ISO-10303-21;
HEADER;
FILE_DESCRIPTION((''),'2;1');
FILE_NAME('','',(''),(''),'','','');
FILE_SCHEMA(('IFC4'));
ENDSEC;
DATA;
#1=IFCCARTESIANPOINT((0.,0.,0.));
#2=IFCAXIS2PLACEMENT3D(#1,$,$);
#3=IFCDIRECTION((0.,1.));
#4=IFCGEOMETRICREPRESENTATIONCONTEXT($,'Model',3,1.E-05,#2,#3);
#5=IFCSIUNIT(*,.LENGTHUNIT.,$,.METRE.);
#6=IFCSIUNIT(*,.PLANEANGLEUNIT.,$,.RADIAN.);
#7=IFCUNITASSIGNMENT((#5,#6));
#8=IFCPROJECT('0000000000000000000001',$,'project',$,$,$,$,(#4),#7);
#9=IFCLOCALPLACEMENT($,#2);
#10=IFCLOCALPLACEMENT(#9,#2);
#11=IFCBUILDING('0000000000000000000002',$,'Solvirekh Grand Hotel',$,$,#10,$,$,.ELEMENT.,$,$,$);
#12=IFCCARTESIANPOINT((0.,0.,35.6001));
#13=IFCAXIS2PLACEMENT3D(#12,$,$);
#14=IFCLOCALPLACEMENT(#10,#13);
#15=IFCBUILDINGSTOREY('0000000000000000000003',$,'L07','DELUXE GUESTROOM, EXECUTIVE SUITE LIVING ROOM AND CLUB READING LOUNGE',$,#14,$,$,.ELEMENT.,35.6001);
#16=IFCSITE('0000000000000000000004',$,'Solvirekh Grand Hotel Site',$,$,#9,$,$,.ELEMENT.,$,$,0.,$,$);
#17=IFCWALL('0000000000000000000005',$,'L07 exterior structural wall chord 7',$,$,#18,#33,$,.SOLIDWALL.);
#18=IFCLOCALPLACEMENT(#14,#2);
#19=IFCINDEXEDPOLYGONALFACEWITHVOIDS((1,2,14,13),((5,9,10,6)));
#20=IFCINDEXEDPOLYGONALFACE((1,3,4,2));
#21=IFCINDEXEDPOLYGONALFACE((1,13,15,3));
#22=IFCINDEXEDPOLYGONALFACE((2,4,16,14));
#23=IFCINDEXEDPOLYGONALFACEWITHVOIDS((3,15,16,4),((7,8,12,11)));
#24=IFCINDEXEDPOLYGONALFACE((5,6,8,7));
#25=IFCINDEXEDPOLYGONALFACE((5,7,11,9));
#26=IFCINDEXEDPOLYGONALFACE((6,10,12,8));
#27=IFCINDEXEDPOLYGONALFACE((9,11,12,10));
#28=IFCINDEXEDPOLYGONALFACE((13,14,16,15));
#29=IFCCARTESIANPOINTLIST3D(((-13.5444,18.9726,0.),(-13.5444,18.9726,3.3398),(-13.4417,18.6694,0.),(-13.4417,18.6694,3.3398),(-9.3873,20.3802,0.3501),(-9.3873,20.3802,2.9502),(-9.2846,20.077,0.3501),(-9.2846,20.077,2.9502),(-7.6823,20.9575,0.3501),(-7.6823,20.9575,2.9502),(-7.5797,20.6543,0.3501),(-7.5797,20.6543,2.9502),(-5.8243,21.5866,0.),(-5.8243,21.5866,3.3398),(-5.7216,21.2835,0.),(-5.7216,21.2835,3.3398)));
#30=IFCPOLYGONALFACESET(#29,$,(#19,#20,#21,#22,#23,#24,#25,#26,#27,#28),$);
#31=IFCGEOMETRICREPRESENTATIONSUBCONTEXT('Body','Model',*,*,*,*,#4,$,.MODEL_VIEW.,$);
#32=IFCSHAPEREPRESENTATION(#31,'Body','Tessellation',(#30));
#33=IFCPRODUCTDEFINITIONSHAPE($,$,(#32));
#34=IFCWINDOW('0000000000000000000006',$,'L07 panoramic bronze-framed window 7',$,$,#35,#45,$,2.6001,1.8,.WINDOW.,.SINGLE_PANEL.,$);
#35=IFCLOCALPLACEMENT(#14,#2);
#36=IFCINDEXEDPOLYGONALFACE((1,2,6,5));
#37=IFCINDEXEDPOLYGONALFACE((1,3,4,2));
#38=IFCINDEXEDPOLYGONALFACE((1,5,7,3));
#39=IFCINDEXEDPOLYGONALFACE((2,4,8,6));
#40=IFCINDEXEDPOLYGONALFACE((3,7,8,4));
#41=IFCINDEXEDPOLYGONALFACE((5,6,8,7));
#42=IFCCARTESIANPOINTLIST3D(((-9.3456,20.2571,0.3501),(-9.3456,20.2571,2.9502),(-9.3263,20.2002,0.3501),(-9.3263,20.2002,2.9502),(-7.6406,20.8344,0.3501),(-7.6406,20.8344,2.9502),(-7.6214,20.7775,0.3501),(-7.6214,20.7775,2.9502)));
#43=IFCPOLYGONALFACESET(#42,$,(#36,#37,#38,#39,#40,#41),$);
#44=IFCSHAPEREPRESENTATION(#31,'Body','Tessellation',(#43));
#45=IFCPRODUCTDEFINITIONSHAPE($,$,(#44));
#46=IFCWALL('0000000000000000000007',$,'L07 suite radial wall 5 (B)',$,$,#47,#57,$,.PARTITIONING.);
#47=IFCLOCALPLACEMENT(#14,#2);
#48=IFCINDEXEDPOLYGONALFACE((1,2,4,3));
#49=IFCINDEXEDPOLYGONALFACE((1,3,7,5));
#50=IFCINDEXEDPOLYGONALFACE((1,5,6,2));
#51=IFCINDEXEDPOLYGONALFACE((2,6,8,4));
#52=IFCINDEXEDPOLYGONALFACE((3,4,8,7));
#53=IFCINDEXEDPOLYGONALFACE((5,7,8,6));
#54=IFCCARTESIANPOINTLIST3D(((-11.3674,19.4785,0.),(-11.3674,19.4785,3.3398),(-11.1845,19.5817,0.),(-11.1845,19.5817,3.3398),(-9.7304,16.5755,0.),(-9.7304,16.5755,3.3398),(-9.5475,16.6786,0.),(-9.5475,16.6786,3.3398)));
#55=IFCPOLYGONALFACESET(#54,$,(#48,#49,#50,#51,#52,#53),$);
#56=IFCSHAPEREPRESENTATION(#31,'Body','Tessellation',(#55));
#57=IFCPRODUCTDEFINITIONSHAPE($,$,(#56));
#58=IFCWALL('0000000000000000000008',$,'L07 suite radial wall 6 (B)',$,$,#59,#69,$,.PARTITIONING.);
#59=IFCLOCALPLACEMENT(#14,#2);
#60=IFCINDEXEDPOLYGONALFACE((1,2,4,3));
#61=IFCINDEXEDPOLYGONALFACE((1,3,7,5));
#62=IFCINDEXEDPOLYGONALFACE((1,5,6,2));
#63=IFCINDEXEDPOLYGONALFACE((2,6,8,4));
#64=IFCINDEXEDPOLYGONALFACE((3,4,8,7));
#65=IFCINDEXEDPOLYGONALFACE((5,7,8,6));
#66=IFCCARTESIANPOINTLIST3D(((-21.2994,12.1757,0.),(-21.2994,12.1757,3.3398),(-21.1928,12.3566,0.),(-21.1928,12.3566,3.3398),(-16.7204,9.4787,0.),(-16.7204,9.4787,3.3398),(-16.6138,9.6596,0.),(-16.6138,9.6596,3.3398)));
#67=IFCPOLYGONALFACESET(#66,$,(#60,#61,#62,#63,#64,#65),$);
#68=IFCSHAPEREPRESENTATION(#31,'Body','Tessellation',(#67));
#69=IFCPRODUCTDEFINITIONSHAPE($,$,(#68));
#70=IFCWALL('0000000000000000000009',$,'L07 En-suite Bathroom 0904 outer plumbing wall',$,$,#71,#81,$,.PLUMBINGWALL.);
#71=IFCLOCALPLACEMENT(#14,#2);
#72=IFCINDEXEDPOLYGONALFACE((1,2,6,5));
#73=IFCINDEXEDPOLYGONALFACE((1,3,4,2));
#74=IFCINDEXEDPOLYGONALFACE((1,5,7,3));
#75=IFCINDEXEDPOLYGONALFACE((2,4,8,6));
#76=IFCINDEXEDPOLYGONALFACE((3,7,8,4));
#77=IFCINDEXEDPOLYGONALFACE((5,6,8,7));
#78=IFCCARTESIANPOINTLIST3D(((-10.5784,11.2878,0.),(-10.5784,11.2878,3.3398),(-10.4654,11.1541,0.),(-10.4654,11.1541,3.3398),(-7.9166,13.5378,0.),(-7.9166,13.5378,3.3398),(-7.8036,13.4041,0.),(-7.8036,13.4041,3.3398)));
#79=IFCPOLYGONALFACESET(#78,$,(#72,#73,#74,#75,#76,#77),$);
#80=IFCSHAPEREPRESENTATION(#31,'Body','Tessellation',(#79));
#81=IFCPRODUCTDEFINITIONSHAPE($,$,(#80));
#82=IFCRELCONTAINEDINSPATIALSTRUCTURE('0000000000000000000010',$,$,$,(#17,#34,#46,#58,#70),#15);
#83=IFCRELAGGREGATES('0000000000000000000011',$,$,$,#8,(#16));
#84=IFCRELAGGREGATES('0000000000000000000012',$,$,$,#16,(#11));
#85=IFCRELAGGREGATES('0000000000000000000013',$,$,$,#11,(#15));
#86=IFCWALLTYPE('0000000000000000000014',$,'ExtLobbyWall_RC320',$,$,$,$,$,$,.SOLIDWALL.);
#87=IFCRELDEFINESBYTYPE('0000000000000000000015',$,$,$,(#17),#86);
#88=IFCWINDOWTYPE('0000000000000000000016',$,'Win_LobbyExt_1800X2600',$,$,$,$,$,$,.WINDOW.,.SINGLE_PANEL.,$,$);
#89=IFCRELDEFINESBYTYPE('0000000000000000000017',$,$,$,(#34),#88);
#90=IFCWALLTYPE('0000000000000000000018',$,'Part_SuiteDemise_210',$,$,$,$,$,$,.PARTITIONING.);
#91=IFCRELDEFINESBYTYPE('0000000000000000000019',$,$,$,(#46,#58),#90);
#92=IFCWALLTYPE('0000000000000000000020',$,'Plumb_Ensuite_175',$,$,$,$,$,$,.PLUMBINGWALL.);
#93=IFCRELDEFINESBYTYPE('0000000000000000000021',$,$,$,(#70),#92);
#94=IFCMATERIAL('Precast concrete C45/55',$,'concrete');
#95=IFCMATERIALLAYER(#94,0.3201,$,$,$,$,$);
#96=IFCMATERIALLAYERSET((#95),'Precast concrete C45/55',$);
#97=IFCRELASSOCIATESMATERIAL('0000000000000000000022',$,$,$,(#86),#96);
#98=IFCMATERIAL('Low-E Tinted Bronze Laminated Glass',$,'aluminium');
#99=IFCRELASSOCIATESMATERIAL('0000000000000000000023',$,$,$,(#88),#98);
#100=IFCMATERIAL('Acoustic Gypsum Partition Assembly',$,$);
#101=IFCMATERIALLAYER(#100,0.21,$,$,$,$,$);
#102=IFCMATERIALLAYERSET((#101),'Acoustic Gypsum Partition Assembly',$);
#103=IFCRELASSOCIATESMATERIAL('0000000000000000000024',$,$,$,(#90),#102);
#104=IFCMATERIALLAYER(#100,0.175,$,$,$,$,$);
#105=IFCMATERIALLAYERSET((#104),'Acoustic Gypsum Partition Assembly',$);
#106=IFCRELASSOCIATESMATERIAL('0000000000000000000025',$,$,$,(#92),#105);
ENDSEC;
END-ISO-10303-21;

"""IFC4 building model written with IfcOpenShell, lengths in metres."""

from ifc_helpers import new_model, si_unit, direction, frame, frame_2d, origin, place, context, subcontext, project, spatial, rectangle, extrude, material, layer, layer_set, type_object, element, fill, save


model = new_model("IFC4")

# Units and contexts
model_context = context("Model", 3, precision=1e-05, world=origin(), true_north=direction((0.0, 1.0)))
body_context = subcontext(model_context, "Body", "Model", "MODEL_VIEW")
ifc_project = project(units=[si_unit("LENGTHUNIT", "METRE"), si_unit("PLANEANGLEUNIT", "RADIAN")], contexts=[model_context])

# Site, building, storey
site_placement = place(None, origin())
site = spatial("IfcSite", under=ifc_project, at=site_placement, Name="Solvirekh Grand Hotel Site", CompositionType="ELEMENT", RefElevation=0.0)
building_placement = place(site_placement, origin())
building = spatial("IfcBuilding", under=site, at=building_placement, Name="Solvirekh Grand Hotel", CompositionType="ELEMENT")
storey_placement = place(building_placement, frame((0.0, 0.0, 35.6001)))
storey = spatial("IfcBuildingStorey", under=building, at=storey_placement, Name="L07", Description="DELUXE GUESTROOM, EXECUTIVE SUITE LIVING ROOM AND CLUB READING LOUNGE", CompositionType="ELEMENT", Elevation=35.6001)

# Shared definitions
ifc_material_1 = material(Name="Low-E Tinted Bronze Laminated Glass", Category="aluminium")

# Wall, opening, window
ifc_material_2 = material(Name="Precast concrete C45/55", Category="concrete")
ifc_layer_1 = layer(ifc_material_2, 0.3201)
ifc_layer_set_1 = layer_set([ifc_layer_1], Name="Precast concrete C45/55")
wall_type_1 = type_object("IfcWallType", Name="ExtLobbyWall_RC320", PredefinedType="SOLIDWALL", material=ifc_layer_set_1)
wall_1_placement = place(storey_placement, frame((-13.4929, 18.821, 0.0), z_axis=(0.0, 0.0, 1.0), x_axis=(0.947175, 0.320717, 0.0)))
wall_1 = element("IfcWall", 1, at=wall_1_placement, inside=storey, type_object=wall_type_1, Name="L07 exterior structural wall chord 7", PredefinedType="SOLIDWALL", context=body_context, shape_type="SweptSolid", body=[
    extrude(rectangle(XDim=8.1506, YDim=0.3201, at=frame_2d((4.0752, 0.0))), origin(), (0.0, 0.0, 1.0), 3.3398),
])
opening_placement = place(wall_1_placement, frame((4.3889, 0.0, 0.3501)))
opening = element("IfcOpeningElement", 2, at=opening_placement, cuts=wall_1, PredefinedType="OPENING", context=body_context, shape_type="SweptSolid", body=[
    extrude(rectangle(XDim=1.8, YDim=2.6001, at=frame_2d((0.8999, 1.3))), frame((0.0, 0.1699, 0.0), z_axis=(0.0, -1.0, 0.0), x_axis=(1.0, 0.0, 0.0)), (0.0, 0.0, 1.0), 0.3401),
])
window_type = type_object("IfcWindowType", Name="Win_LobbyExt_1800X2600", PartitioningType="SINGLE_PANEL", PredefinedType="WINDOW", material=ifc_material_1)
window_placement = place(opening_placement, origin())
window = element("IfcWindow", 3, at=window_placement, inside=storey, type_object=window_type, Name="L07 panoramic bronze-framed window 7", OverallHeight=2.6001, OverallWidth=1.8, PartitioningType="SINGLE_PANEL", PredefinedType="WINDOW", context=body_context, shape_type="SweptSolid", body=[
    extrude(rectangle(XDim=1.8, YDim=2.6001, at=frame_2d((0.8999, 1.3))), frame((0.0, 0.03, 0.0), z_axis=(0.0, -1.0, 0.0), x_axis=(1.0, 0.0, 0.0)), (0.0, 0.0, 1.0), 0.0601),
])
fill(opening, window)

# Walls
ifc_material_3 = material(Name="Acoustic Gypsum Partition Assembly")
ifc_layer_2 = layer(ifc_material_3, 0.21)
ifc_layer_set_2 = layer_set([ifc_layer_2], Name="Acoustic Gypsum Partition Assembly")
wall_type_2 = type_object("IfcWallType", Name="Part_SuiteDemise_210", PredefinedType="PARTITIONING", material=ifc_layer_set_2)
wall_2_placement = place(storey_placement, frame((-9.6389, 16.627, 0.0), z_axis=(0.0, 0.0, 1.0), x_axis=(-0.491169, 0.871064, 0.0)))
element("IfcWall", 4, at=wall_2_placement, inside=storey, type_object=wall_type_2, Name="L07 suite radial wall 5 (B)", PredefinedType="PARTITIONING", context=body_context, shape_type="SweptSolid", body=[
    extrude(rectangle(XDim=3.3328, YDim=0.21, at=frame_2d((1.6665, 0.0))), origin(), (0.0, 0.0, 1.0), 3.3398),
])
wall_3_placement = place(storey_placement, frame((-16.667, 9.5691, 0.0), z_axis=(0.0, 0.0, 1.0), x_axis=(-0.861652, 0.5075, 0.0)))
element("IfcWall", 5, at=wall_3_placement, inside=storey, type_object=wall_type_2, Name="L07 suite radial wall 6 (B)", PredefinedType="PARTITIONING", context=body_context, shape_type="SweptSolid", body=[
    extrude(rectangle(XDim=5.3142, YDim=0.21, at=frame_2d((2.6572, 0.0))), origin(), (0.0, 0.0, 1.0), 3.3398),
])
ifc_layer_3 = layer(ifc_material_3, 0.175)
ifc_layer_set_3 = layer_set([ifc_layer_3], Name="Acoustic Gypsum Partition Assembly")
wall_type_3 = type_object("IfcWallType", Name="Plumb_Ensuite_175", PredefinedType="PLUMBINGWALL", material=ifc_layer_set_3)
wall_4_placement = place(storey_placement, frame((-7.8601, 13.4709, 0.0), z_axis=(0.0, 0.0, 1.0), x_axis=(-0.763718, -0.64555, 0.0)))
element("IfcWall", 6, at=wall_4_placement, inside=storey, type_object=wall_type_3, Name="L07 En-suite Bathroom 0904 outer plumbing wall", PredefinedType="PLUMBINGWALL", context=body_context, shape_type="SweptSolid", body=[
    extrude(rectangle(XDim=3.4854, YDim=0.175, at=frame_2d((1.7427, 0.0))), origin(), (0.0, 0.0, 1.0), 3.3398),
])

save(model, "model.ifc")
